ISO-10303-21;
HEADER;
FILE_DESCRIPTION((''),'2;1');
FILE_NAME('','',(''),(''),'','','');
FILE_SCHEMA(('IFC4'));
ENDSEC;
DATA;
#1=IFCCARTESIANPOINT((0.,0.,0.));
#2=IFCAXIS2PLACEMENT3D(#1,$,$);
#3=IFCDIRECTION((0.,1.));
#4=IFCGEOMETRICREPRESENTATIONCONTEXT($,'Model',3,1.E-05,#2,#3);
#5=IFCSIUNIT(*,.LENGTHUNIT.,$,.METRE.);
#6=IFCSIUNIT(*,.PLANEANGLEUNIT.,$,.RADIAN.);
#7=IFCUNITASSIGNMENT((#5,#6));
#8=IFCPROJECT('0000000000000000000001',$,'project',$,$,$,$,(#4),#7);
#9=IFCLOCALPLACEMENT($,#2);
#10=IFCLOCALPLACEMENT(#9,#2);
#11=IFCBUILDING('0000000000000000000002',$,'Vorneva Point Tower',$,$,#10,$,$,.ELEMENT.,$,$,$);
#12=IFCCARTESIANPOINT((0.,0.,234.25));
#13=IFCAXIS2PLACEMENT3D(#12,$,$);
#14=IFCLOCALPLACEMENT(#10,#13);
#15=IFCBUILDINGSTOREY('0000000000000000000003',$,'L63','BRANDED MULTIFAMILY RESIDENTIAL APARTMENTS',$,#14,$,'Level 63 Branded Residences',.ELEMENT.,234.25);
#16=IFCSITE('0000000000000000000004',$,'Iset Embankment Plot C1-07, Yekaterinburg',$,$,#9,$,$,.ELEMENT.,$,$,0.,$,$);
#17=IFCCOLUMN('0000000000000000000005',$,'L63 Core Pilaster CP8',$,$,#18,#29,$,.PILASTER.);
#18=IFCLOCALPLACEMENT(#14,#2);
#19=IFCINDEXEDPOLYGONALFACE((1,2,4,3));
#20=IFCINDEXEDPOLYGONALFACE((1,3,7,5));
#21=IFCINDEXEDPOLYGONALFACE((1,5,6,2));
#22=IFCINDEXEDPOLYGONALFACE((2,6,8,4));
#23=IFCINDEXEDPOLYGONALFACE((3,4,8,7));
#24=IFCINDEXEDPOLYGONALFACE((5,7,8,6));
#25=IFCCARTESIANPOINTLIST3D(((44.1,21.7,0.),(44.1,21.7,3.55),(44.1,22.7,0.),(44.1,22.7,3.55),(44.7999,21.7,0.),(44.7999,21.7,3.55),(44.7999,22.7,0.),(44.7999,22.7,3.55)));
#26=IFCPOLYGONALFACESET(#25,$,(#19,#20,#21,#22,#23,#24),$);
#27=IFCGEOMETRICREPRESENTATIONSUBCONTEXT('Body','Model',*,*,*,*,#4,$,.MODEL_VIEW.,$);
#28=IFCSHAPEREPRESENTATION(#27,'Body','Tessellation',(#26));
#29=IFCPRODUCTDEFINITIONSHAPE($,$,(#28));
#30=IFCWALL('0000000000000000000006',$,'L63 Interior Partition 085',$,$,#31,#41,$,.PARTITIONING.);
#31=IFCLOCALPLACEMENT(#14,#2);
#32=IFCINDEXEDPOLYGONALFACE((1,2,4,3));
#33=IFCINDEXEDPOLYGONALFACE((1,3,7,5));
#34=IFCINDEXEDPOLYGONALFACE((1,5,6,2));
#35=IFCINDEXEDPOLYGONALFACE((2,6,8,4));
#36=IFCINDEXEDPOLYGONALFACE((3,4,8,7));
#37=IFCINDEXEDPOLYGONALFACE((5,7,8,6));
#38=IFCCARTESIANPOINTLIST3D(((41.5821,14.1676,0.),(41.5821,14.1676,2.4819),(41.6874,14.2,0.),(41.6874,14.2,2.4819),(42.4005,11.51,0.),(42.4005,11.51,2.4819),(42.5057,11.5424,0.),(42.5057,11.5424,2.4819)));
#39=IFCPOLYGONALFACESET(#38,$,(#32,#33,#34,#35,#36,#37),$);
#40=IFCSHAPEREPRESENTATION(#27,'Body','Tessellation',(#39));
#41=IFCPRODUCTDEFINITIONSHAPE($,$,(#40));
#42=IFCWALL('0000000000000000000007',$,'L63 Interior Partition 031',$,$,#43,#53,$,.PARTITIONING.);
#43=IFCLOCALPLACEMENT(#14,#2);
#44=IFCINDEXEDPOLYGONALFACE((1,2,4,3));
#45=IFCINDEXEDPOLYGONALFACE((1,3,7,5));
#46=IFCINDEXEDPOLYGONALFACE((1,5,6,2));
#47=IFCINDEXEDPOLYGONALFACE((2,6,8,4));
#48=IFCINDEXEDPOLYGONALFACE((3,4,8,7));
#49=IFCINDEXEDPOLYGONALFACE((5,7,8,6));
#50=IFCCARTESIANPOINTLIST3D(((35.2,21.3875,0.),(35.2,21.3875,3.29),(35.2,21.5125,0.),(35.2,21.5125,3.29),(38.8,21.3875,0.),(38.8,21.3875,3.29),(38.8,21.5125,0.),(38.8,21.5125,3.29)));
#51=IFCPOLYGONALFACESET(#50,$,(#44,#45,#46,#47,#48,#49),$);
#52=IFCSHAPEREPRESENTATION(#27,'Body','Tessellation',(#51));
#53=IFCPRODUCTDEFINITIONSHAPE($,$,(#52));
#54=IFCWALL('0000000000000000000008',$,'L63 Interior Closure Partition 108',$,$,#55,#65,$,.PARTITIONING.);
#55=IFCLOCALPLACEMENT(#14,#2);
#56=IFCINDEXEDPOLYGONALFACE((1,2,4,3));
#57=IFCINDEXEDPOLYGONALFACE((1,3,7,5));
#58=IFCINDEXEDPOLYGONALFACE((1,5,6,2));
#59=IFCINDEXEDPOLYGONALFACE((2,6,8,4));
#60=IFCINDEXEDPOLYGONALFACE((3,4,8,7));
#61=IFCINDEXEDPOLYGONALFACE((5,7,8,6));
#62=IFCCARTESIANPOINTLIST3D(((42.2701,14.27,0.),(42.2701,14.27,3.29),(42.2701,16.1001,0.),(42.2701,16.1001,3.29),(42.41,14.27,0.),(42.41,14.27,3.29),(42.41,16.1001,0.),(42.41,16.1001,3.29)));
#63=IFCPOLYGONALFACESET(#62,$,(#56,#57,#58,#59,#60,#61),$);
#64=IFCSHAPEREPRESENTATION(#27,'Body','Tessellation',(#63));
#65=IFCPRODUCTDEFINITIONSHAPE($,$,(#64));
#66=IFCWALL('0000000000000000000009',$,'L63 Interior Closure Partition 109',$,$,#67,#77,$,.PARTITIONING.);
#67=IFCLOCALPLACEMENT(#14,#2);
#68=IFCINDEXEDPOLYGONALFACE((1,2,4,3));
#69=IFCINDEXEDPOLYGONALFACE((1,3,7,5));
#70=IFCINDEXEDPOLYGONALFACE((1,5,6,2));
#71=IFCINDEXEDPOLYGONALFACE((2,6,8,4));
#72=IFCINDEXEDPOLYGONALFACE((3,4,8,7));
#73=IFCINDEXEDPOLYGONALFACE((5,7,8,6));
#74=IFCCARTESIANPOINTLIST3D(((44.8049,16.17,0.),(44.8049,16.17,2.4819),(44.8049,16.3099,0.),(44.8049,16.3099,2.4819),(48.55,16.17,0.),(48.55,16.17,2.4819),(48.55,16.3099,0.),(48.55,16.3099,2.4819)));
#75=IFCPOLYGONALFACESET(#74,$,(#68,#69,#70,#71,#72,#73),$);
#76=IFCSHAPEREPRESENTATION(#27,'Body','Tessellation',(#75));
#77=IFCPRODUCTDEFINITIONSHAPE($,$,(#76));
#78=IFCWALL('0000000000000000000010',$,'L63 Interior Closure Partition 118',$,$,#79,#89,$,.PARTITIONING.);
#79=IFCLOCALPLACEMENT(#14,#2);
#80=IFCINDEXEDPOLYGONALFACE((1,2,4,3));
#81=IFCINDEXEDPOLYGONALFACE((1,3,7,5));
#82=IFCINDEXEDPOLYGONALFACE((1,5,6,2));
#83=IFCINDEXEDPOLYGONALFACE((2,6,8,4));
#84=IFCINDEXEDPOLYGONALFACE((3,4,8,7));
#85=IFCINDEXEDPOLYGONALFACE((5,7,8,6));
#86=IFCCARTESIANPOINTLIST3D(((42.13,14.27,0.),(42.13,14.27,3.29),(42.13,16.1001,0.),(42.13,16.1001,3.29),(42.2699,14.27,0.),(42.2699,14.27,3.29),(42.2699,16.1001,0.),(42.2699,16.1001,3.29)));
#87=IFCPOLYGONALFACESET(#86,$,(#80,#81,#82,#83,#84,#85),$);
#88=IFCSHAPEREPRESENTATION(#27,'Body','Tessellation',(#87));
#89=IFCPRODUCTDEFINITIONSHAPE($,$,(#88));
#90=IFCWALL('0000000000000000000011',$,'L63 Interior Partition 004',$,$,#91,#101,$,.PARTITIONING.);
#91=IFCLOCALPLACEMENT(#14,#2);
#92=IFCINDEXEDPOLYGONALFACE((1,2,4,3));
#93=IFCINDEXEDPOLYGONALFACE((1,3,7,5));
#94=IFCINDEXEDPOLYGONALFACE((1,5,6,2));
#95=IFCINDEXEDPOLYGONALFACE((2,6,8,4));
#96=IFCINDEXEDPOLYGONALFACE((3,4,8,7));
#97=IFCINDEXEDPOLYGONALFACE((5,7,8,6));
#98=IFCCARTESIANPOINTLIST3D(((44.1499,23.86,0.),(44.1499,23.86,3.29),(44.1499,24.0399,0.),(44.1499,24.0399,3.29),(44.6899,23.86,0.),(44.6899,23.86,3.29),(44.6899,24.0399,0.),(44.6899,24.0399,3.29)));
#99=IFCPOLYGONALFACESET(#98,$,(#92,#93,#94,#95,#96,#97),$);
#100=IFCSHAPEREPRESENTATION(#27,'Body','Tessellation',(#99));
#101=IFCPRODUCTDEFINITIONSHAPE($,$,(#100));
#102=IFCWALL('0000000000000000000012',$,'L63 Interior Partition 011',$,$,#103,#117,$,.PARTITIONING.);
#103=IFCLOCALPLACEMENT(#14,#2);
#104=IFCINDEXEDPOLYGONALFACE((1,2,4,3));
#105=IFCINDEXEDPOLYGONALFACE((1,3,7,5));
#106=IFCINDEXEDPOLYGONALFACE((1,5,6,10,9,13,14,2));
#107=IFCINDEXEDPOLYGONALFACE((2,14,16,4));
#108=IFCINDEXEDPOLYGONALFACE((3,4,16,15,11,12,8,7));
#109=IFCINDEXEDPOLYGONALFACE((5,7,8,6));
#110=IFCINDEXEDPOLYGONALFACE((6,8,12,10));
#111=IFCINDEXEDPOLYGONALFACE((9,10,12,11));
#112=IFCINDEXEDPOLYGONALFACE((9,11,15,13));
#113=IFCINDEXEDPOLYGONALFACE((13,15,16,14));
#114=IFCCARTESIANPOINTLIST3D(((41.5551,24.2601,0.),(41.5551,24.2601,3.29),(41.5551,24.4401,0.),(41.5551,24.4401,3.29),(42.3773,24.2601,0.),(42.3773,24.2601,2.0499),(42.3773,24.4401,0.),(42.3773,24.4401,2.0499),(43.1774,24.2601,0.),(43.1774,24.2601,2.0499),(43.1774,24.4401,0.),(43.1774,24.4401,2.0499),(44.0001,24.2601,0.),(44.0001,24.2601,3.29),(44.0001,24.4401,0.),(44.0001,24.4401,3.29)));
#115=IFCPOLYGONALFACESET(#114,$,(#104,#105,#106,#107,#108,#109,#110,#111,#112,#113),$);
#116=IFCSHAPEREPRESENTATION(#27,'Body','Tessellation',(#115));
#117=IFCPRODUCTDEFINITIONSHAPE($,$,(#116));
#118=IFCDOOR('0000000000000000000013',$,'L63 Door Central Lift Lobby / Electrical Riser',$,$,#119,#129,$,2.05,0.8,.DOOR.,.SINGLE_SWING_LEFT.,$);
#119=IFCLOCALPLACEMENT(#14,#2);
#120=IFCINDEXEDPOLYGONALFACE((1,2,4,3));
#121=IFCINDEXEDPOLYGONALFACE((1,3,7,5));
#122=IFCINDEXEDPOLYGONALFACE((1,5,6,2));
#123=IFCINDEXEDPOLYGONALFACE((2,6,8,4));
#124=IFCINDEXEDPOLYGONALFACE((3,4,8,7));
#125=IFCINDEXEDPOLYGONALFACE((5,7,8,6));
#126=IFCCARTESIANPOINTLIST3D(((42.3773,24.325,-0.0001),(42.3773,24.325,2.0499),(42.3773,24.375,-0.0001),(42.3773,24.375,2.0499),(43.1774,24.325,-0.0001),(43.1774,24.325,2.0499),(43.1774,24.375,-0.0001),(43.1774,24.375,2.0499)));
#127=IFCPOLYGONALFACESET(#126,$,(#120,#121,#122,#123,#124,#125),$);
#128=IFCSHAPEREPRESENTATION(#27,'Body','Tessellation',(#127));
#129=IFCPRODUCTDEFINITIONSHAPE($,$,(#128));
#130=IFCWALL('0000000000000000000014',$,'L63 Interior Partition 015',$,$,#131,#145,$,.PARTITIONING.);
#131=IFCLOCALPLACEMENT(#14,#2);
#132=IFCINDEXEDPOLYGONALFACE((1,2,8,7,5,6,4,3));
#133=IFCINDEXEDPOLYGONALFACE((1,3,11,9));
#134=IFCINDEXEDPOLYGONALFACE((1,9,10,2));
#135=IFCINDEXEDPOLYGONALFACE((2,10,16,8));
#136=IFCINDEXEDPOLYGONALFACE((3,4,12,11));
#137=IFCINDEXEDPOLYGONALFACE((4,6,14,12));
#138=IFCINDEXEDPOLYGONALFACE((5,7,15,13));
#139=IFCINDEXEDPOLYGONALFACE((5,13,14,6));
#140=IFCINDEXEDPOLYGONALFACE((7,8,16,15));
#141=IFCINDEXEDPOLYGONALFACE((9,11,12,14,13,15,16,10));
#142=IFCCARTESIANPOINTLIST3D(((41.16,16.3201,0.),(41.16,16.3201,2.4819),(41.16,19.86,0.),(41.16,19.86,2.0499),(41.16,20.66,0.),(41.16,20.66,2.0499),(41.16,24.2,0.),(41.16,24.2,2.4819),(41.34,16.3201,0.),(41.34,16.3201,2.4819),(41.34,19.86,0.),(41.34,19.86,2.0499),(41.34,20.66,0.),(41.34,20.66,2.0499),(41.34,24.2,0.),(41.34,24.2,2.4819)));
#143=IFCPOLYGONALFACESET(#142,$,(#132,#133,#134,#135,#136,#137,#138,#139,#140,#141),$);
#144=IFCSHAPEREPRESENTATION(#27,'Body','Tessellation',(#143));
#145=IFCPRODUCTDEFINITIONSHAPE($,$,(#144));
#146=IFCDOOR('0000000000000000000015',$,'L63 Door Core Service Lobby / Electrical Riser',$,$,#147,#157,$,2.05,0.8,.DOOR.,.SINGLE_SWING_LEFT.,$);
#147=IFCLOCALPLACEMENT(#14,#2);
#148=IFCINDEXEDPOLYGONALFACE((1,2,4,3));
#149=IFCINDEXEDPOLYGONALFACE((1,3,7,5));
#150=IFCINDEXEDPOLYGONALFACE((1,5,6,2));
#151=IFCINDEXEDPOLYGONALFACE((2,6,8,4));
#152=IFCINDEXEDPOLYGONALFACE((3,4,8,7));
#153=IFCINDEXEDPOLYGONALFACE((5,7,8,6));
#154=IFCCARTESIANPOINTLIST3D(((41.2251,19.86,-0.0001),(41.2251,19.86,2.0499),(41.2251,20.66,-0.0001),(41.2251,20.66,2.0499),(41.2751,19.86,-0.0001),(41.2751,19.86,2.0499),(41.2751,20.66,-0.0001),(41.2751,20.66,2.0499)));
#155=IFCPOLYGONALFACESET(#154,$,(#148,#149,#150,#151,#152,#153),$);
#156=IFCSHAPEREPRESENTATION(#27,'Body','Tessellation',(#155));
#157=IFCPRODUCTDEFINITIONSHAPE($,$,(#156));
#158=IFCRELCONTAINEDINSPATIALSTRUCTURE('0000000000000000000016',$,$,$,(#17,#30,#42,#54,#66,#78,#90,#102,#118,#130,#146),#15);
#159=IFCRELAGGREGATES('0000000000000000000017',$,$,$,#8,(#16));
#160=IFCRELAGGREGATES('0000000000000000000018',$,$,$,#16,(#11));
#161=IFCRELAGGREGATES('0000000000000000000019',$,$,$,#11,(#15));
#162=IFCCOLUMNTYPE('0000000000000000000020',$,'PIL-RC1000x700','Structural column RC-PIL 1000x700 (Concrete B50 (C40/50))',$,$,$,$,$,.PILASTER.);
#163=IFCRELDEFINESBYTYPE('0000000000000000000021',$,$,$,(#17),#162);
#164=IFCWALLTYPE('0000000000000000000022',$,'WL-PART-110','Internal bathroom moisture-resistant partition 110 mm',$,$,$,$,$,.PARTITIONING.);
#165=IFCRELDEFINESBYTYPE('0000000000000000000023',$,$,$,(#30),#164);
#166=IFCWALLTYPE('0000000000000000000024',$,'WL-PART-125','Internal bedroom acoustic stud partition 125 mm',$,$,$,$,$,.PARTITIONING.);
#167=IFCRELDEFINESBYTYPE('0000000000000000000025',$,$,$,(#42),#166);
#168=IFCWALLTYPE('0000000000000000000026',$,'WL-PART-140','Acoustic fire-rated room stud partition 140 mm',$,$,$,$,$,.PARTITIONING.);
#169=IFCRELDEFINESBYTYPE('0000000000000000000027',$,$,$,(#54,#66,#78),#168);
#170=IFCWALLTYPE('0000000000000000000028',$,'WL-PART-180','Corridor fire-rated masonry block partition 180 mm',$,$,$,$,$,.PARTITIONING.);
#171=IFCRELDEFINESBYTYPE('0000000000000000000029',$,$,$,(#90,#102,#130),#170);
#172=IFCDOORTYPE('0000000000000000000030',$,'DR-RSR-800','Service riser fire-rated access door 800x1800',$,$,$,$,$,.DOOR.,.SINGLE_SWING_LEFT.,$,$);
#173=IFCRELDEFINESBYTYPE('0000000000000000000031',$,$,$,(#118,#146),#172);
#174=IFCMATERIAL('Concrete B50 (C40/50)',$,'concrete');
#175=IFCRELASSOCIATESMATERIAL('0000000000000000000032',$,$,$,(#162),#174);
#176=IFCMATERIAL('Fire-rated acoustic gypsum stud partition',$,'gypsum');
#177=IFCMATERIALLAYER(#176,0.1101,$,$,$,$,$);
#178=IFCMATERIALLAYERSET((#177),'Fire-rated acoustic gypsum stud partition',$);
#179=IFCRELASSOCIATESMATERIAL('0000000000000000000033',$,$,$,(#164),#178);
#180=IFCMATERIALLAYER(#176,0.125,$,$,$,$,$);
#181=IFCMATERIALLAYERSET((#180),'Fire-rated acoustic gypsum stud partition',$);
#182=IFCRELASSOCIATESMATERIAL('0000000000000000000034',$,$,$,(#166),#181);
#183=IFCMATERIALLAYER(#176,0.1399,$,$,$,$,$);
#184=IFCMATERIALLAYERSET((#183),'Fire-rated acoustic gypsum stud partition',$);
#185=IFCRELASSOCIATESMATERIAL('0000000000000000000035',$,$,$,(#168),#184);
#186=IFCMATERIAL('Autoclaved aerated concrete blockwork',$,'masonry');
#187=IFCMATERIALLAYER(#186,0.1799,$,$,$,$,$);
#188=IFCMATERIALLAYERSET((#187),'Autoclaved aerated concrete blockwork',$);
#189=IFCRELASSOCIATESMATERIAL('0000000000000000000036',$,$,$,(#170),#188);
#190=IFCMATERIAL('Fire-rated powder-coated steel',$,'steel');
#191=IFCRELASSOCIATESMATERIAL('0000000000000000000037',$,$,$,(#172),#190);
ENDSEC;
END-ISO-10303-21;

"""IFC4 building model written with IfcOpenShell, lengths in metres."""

from ifc_helpers import new_model, si_unit, direction, frame, frame_2d, origin, origin_2d, place, context, subcontext, project, spatial, rectangle, extrude, material, layer, layer_set, material_profile, profile_set, type_object, element, fill, save


model = new_model("IFC4")

# Units and contexts
model_context = context("Model", 3, precision=1e-05, world=origin(), true_north=direction((0.0, 1.0)))
body_context = subcontext(model_context, "Body", "Model", "MODEL_VIEW")
ifc_project = project(units=[si_unit("LENGTHUNIT", "METRE"), si_unit("PLANEANGLEUNIT", "RADIAN")], contexts=[model_context])

# Site, building, storey
site_placement = place(None, origin())
site = spatial("IfcSite", under=ifc_project, at=site_placement, Name="Iset Embankment Plot C1-07, Yekaterinburg", CompositionType="ELEMENT", RefElevation=0.0)
building_placement = place(site_placement, origin())
building = spatial("IfcBuilding", under=site, at=building_placement, Name="Vorneva Point Tower", CompositionType="ELEMENT")
storey_placement = place(building_placement, frame((0.0, 0.0, 234.25)))
storey = spatial("IfcBuildingStorey", under=building, at=storey_placement, Name="L63", Description="BRANDED MULTIFAMILY RESIDENTIAL APARTMENTS", LongName="Level 63 Branded Residences", CompositionType="ELEMENT", Elevation=234.25)

# Column
ifc_material_1 = material(Name="Concrete B50 (C40/50)", Category="concrete")
ifc_material_profile = material_profile(ifc_material_1, rectangle(XDim=0.7, YDim=1.0, at=origin_2d()), Name="RC-PIL 1000x700")
ifc_profile_set = profile_set([ifc_material_profile], Name="Concrete B50 (C40/50)")
column_type = type_object("IfcColumnType", Name="PIL-RC1000x700", Description="Structural column RC-PIL 1000x700 (Concrete B50 (C40/50))", PredefinedType="PILASTER", material=ifc_profile_set)
column_placement = place(storey_placement, frame((44.45, 22.2, 0.0), z_axis=(0.0, 0.0, 1.0), x_axis=(1.0, 0.0, 0.0)))
element("IfcColumn", 1, at=column_placement, inside=storey, type_object=column_type, Name="L63 Core Pilaster CP8", PredefinedType="PILASTER", context=body_context, shape_type="SweptSolid", body=[
    extrude(rectangle(XDim=0.7, YDim=1.0, at=origin_2d()), origin(), (0.0, 0.0, 1.0), 3.55),
])

# Walls
ifc_material_2 = material(Name="Fire-rated acoustic gypsum stud partition", Category="gypsum")
ifc_layer_1 = layer(ifc_material_2, 0.1101)
ifc_layer_set_1 = layer_set([ifc_layer_1], Name="Fire-rated acoustic gypsum stud partition")
wall_type_1 = type_object("IfcWallType", Name="WL-PART-110", Description="Internal bathroom moisture-resistant partition 110 mm", PredefinedType="PARTITIONING", material=ifc_layer_set_1)
wall_1_placement = place(storey_placement, frame((41.6348, 14.1838, 0.0), z_axis=(0.0, 0.0, 1.0), x_axis=(0.294283, -0.955718, 0.0)))
element("IfcWall", 2, at=wall_1_placement, inside=storey, type_object=wall_type_1, Name="L63 Interior Partition 085", PredefinedType="PARTITIONING", context=body_context, shape_type="SweptSolid", body=[
    extrude(rectangle(XDim=2.7808, YDim=0.1101, at=frame_2d((1.3904, 0.0))), origin(), (0.0, 0.0, 1.0), 2.4819),
])
ifc_layer_2 = layer(ifc_material_2, 0.125)
ifc_layer_set_2 = layer_set([ifc_layer_2], Name="Fire-rated acoustic gypsum stud partition")
wall_type_2 = type_object("IfcWallType", Name="WL-PART-125", Description="Internal bedroom acoustic stud partition 125 mm", PredefinedType="PARTITIONING", material=ifc_layer_set_2)
wall_2_placement = place(storey_placement, frame((38.8, 21.45, 0.0), z_axis=(0.0, 0.0, 1.0), x_axis=(-1.0, 0.0, 0.0)))
element("IfcWall", 3, at=wall_2_placement, inside=storey, type_object=wall_type_2, Name="L63 Interior Partition 031", PredefinedType="PARTITIONING", context=body_context, shape_type="SweptSolid", body=[
    extrude(rectangle(XDim=3.6001, YDim=0.125, at=frame_2d((1.8, 0.0))), origin(), (0.0, 0.0, 1.0), 3.29),
])
ifc_layer_3 = layer(ifc_material_2, 0.1399)
ifc_layer_set_3 = layer_set([ifc_layer_3], Name="Fire-rated acoustic gypsum stud partition")
wall_type_3 = type_object("IfcWallType", Name="WL-PART-140", Description="Acoustic fire-rated room stud partition 140 mm", PredefinedType="PARTITIONING", material=ifc_layer_set_3)
wall_3_placement = place(storey_placement, frame((42.3401, 14.27, 0.0), z_axis=(0.0, 0.0, 1.0), x_axis=(0.0, 1.0, 0.0)))
element("IfcWall", 4, at=wall_3_placement, inside=storey, type_object=wall_type_3, Name="L63 Interior Closure Partition 108", PredefinedType="PARTITIONING", context=body_context, shape_type="SweptSolid", body=[
    extrude(rectangle(XDim=1.8301, YDim=0.1399, at=frame_2d((0.915, 0.0))), origin(), (0.0, 0.0, 1.0), 3.29),
])
wall_4_placement = place(storey_placement, frame((44.8049, 16.24, 0.0), z_axis=(0.0, 0.0, 1.0), x_axis=(1.0, 0.0, 0.0)))
element("IfcWall", 5, at=wall_4_placement, inside=storey, type_object=wall_type_3, Name="L63 Interior Closure Partition 109", PredefinedType="PARTITIONING", context=body_context, shape_type="SweptSolid", body=[
    extrude(rectangle(XDim=3.7451, YDim=0.1399, at=frame_2d((1.8726, 0.0))), origin(), (0.0, 0.0, 1.0), 2.4819),
])
wall_5_placement = place(storey_placement, frame((42.2, 16.1001, 0.0), z_axis=(0.0, 0.0, 1.0), x_axis=(0.0, -1.0, 0.0)))
element("IfcWall", 6, at=wall_5_placement, inside=storey, type_object=wall_type_3, Name="L63 Interior Closure Partition 118", PredefinedType="PARTITIONING", context=body_context, shape_type="SweptSolid", body=[
    extrude(rectangle(XDim=1.8301, YDim=0.1399, at=frame_2d((0.915, 0.0))), origin(), (0.0, 0.0, 1.0), 3.29),
])
ifc_material_3 = material(Name="Autoclaved aerated concrete blockwork", Category="masonry")
ifc_layer_4 = layer(ifc_material_3, 0.1799)
ifc_layer_set_4 = layer_set([ifc_layer_4], Name="Autoclaved aerated concrete blockwork")
wall_type_4 = type_object("IfcWallType", Name="WL-PART-180", Description="Corridor fire-rated masonry block partition 180 mm", PredefinedType="PARTITIONING", material=ifc_layer_set_4)
wall_6_placement = place(storey_placement, frame((44.1499, 23.95, 0.0), z_axis=(0.0, 0.0, 1.0), x_axis=(1.0, 0.0, 0.0)))
element("IfcWall", 7, at=wall_6_placement, inside=storey, type_object=wall_type_4, Name="L63 Interior Partition 004", PredefinedType="PARTITIONING", context=body_context, shape_type="SweptSolid", body=[
    extrude(rectangle(XDim=0.54, YDim=0.1799, at=frame_2d((0.27, 0.0))), origin(), (0.0, 0.0, 1.0), 3.29),
])

# Walls, openings, doors
ifc_material_4 = material(Name="Fire-rated powder-coated steel", Category="steel")
wall_7_placement = place(storey_placement, frame((41.5549, 24.3501, 0.0), z_axis=(0.0, 0.0, 1.0), x_axis=(1.0, 0.0, 0.0)))
wall_7 = element("IfcWall", 8, at=wall_7_placement, inside=storey, type_object=wall_type_4, Name="L63 Interior Partition 011", PredefinedType="PARTITIONING", context=body_context, shape_type="SweptSolid", body=[
    extrude(rectangle(XDim=2.4451, YDim=0.1799, at=frame_2d((1.2227, 0.0))), origin(), (0.0, 0.0, 1.0), 3.29),
])
opening_1_placement = place(wall_7_placement, frame((0.8225, 0.0, 0.0)))
opening_1 = element("IfcOpeningElement", 9, at=opening_1_placement, cuts=wall_7, PredefinedType="OPENING", context=body_context, shape_type="SweptSolid", body=[
    extrude(rectangle(XDim=0.8, YDim=2.05, at=frame_2d((0.3999, 1.0249))), frame((0.0, 0.105, 0.0), z_axis=(0.0, -1.0, 0.0), x_axis=(1.0, 0.0, 0.0)), (0.0, 0.0, 1.0), 0.2097),
])
door_type_1 = type_object("IfcDoorType", Name="DR-RSR-800", Description="Service riser fire-rated access door 800x1800", OperationType="SINGLE_SWING_LEFT", PredefinedType="DOOR", material=ifc_material_4)
door_1_placement = place(opening_1_placement, origin())
door_1 = element("IfcDoor", 10, at=door_1_placement, inside=storey, type_object=door_type_1, Name="L63 Door Central Lift Lobby / Electrical Riser", OperationType="SINGLE_SWING_LEFT", OverallHeight=2.05, OverallWidth=0.8, PredefinedType="DOOR", context=body_context, shape_type="SweptSolid", body=[
    extrude(rectangle(XDim=0.8, YDim=2.05, at=frame_2d((0.3999, 1.0249))), frame((0.0, 0.0249, 0.0), z_axis=(0.0, -1.0, 0.0), x_axis=(1.0, 0.0, 0.0)), (0.0, 0.0, 1.0), 0.05),
])
fill(opening_1, door_1)
wall_8_placement = place(storey_placement, frame((41.25, 16.3201, 0.0), z_axis=(0.0, 0.0, 1.0), x_axis=(0.0, 1.0, 0.0)))
wall_8 = element("IfcWall", 11, at=wall_8_placement, inside=storey, type_object=wall_type_4, Name="L63 Interior Partition 015", PredefinedType="PARTITIONING", context=body_context, shape_type="SweptSolid", body=[
    extrude(rectangle(XDim=7.8799, YDim=0.1799, at=frame_2d((3.9399, 0.0))), origin(), (0.0, 0.0, 1.0), 2.4819),
])
opening_2_placement = place(wall_8_placement, frame((3.54, 0.0, 0.0)))
opening_2 = element("IfcOpeningElement", 12, at=opening_2_placement, cuts=wall_8, PredefinedType="OPENING", context=body_context, shape_type="SweptSolid", body=[
    extrude(rectangle(XDim=0.8, YDim=2.05, at=frame_2d((0.3999, 1.0249))), frame((0.0, 0.105, 0.0), z_axis=(0.0, -1.0, 0.0), x_axis=(1.0, 0.0, 0.0)), (0.0, 0.0, 1.0), 0.2097),
])
door_2_placement = place(opening_2_placement, origin())
door_2 = element("IfcDoor", 13, at=door_2_placement, inside=storey, type_object=door_type_1, Name="L63 Door Core Service Lobby / Electrical Riser", OperationType="SINGLE_SWING_LEFT", OverallHeight=2.05, OverallWidth=0.8, PredefinedType="DOOR", context=body_context, shape_type="SweptSolid", body=[
    extrude(rectangle(XDim=0.8, YDim=2.05, at=frame_2d((0.3999, 1.0249))), frame((0.0, 0.0249, 0.0), z_axis=(0.0, -1.0, 0.0), x_axis=(1.0, 0.0, 0.0)), (0.0, 0.0, 1.0), 0.05),
])
fill(opening_2, door_2)

save(model, "model.ifc")
